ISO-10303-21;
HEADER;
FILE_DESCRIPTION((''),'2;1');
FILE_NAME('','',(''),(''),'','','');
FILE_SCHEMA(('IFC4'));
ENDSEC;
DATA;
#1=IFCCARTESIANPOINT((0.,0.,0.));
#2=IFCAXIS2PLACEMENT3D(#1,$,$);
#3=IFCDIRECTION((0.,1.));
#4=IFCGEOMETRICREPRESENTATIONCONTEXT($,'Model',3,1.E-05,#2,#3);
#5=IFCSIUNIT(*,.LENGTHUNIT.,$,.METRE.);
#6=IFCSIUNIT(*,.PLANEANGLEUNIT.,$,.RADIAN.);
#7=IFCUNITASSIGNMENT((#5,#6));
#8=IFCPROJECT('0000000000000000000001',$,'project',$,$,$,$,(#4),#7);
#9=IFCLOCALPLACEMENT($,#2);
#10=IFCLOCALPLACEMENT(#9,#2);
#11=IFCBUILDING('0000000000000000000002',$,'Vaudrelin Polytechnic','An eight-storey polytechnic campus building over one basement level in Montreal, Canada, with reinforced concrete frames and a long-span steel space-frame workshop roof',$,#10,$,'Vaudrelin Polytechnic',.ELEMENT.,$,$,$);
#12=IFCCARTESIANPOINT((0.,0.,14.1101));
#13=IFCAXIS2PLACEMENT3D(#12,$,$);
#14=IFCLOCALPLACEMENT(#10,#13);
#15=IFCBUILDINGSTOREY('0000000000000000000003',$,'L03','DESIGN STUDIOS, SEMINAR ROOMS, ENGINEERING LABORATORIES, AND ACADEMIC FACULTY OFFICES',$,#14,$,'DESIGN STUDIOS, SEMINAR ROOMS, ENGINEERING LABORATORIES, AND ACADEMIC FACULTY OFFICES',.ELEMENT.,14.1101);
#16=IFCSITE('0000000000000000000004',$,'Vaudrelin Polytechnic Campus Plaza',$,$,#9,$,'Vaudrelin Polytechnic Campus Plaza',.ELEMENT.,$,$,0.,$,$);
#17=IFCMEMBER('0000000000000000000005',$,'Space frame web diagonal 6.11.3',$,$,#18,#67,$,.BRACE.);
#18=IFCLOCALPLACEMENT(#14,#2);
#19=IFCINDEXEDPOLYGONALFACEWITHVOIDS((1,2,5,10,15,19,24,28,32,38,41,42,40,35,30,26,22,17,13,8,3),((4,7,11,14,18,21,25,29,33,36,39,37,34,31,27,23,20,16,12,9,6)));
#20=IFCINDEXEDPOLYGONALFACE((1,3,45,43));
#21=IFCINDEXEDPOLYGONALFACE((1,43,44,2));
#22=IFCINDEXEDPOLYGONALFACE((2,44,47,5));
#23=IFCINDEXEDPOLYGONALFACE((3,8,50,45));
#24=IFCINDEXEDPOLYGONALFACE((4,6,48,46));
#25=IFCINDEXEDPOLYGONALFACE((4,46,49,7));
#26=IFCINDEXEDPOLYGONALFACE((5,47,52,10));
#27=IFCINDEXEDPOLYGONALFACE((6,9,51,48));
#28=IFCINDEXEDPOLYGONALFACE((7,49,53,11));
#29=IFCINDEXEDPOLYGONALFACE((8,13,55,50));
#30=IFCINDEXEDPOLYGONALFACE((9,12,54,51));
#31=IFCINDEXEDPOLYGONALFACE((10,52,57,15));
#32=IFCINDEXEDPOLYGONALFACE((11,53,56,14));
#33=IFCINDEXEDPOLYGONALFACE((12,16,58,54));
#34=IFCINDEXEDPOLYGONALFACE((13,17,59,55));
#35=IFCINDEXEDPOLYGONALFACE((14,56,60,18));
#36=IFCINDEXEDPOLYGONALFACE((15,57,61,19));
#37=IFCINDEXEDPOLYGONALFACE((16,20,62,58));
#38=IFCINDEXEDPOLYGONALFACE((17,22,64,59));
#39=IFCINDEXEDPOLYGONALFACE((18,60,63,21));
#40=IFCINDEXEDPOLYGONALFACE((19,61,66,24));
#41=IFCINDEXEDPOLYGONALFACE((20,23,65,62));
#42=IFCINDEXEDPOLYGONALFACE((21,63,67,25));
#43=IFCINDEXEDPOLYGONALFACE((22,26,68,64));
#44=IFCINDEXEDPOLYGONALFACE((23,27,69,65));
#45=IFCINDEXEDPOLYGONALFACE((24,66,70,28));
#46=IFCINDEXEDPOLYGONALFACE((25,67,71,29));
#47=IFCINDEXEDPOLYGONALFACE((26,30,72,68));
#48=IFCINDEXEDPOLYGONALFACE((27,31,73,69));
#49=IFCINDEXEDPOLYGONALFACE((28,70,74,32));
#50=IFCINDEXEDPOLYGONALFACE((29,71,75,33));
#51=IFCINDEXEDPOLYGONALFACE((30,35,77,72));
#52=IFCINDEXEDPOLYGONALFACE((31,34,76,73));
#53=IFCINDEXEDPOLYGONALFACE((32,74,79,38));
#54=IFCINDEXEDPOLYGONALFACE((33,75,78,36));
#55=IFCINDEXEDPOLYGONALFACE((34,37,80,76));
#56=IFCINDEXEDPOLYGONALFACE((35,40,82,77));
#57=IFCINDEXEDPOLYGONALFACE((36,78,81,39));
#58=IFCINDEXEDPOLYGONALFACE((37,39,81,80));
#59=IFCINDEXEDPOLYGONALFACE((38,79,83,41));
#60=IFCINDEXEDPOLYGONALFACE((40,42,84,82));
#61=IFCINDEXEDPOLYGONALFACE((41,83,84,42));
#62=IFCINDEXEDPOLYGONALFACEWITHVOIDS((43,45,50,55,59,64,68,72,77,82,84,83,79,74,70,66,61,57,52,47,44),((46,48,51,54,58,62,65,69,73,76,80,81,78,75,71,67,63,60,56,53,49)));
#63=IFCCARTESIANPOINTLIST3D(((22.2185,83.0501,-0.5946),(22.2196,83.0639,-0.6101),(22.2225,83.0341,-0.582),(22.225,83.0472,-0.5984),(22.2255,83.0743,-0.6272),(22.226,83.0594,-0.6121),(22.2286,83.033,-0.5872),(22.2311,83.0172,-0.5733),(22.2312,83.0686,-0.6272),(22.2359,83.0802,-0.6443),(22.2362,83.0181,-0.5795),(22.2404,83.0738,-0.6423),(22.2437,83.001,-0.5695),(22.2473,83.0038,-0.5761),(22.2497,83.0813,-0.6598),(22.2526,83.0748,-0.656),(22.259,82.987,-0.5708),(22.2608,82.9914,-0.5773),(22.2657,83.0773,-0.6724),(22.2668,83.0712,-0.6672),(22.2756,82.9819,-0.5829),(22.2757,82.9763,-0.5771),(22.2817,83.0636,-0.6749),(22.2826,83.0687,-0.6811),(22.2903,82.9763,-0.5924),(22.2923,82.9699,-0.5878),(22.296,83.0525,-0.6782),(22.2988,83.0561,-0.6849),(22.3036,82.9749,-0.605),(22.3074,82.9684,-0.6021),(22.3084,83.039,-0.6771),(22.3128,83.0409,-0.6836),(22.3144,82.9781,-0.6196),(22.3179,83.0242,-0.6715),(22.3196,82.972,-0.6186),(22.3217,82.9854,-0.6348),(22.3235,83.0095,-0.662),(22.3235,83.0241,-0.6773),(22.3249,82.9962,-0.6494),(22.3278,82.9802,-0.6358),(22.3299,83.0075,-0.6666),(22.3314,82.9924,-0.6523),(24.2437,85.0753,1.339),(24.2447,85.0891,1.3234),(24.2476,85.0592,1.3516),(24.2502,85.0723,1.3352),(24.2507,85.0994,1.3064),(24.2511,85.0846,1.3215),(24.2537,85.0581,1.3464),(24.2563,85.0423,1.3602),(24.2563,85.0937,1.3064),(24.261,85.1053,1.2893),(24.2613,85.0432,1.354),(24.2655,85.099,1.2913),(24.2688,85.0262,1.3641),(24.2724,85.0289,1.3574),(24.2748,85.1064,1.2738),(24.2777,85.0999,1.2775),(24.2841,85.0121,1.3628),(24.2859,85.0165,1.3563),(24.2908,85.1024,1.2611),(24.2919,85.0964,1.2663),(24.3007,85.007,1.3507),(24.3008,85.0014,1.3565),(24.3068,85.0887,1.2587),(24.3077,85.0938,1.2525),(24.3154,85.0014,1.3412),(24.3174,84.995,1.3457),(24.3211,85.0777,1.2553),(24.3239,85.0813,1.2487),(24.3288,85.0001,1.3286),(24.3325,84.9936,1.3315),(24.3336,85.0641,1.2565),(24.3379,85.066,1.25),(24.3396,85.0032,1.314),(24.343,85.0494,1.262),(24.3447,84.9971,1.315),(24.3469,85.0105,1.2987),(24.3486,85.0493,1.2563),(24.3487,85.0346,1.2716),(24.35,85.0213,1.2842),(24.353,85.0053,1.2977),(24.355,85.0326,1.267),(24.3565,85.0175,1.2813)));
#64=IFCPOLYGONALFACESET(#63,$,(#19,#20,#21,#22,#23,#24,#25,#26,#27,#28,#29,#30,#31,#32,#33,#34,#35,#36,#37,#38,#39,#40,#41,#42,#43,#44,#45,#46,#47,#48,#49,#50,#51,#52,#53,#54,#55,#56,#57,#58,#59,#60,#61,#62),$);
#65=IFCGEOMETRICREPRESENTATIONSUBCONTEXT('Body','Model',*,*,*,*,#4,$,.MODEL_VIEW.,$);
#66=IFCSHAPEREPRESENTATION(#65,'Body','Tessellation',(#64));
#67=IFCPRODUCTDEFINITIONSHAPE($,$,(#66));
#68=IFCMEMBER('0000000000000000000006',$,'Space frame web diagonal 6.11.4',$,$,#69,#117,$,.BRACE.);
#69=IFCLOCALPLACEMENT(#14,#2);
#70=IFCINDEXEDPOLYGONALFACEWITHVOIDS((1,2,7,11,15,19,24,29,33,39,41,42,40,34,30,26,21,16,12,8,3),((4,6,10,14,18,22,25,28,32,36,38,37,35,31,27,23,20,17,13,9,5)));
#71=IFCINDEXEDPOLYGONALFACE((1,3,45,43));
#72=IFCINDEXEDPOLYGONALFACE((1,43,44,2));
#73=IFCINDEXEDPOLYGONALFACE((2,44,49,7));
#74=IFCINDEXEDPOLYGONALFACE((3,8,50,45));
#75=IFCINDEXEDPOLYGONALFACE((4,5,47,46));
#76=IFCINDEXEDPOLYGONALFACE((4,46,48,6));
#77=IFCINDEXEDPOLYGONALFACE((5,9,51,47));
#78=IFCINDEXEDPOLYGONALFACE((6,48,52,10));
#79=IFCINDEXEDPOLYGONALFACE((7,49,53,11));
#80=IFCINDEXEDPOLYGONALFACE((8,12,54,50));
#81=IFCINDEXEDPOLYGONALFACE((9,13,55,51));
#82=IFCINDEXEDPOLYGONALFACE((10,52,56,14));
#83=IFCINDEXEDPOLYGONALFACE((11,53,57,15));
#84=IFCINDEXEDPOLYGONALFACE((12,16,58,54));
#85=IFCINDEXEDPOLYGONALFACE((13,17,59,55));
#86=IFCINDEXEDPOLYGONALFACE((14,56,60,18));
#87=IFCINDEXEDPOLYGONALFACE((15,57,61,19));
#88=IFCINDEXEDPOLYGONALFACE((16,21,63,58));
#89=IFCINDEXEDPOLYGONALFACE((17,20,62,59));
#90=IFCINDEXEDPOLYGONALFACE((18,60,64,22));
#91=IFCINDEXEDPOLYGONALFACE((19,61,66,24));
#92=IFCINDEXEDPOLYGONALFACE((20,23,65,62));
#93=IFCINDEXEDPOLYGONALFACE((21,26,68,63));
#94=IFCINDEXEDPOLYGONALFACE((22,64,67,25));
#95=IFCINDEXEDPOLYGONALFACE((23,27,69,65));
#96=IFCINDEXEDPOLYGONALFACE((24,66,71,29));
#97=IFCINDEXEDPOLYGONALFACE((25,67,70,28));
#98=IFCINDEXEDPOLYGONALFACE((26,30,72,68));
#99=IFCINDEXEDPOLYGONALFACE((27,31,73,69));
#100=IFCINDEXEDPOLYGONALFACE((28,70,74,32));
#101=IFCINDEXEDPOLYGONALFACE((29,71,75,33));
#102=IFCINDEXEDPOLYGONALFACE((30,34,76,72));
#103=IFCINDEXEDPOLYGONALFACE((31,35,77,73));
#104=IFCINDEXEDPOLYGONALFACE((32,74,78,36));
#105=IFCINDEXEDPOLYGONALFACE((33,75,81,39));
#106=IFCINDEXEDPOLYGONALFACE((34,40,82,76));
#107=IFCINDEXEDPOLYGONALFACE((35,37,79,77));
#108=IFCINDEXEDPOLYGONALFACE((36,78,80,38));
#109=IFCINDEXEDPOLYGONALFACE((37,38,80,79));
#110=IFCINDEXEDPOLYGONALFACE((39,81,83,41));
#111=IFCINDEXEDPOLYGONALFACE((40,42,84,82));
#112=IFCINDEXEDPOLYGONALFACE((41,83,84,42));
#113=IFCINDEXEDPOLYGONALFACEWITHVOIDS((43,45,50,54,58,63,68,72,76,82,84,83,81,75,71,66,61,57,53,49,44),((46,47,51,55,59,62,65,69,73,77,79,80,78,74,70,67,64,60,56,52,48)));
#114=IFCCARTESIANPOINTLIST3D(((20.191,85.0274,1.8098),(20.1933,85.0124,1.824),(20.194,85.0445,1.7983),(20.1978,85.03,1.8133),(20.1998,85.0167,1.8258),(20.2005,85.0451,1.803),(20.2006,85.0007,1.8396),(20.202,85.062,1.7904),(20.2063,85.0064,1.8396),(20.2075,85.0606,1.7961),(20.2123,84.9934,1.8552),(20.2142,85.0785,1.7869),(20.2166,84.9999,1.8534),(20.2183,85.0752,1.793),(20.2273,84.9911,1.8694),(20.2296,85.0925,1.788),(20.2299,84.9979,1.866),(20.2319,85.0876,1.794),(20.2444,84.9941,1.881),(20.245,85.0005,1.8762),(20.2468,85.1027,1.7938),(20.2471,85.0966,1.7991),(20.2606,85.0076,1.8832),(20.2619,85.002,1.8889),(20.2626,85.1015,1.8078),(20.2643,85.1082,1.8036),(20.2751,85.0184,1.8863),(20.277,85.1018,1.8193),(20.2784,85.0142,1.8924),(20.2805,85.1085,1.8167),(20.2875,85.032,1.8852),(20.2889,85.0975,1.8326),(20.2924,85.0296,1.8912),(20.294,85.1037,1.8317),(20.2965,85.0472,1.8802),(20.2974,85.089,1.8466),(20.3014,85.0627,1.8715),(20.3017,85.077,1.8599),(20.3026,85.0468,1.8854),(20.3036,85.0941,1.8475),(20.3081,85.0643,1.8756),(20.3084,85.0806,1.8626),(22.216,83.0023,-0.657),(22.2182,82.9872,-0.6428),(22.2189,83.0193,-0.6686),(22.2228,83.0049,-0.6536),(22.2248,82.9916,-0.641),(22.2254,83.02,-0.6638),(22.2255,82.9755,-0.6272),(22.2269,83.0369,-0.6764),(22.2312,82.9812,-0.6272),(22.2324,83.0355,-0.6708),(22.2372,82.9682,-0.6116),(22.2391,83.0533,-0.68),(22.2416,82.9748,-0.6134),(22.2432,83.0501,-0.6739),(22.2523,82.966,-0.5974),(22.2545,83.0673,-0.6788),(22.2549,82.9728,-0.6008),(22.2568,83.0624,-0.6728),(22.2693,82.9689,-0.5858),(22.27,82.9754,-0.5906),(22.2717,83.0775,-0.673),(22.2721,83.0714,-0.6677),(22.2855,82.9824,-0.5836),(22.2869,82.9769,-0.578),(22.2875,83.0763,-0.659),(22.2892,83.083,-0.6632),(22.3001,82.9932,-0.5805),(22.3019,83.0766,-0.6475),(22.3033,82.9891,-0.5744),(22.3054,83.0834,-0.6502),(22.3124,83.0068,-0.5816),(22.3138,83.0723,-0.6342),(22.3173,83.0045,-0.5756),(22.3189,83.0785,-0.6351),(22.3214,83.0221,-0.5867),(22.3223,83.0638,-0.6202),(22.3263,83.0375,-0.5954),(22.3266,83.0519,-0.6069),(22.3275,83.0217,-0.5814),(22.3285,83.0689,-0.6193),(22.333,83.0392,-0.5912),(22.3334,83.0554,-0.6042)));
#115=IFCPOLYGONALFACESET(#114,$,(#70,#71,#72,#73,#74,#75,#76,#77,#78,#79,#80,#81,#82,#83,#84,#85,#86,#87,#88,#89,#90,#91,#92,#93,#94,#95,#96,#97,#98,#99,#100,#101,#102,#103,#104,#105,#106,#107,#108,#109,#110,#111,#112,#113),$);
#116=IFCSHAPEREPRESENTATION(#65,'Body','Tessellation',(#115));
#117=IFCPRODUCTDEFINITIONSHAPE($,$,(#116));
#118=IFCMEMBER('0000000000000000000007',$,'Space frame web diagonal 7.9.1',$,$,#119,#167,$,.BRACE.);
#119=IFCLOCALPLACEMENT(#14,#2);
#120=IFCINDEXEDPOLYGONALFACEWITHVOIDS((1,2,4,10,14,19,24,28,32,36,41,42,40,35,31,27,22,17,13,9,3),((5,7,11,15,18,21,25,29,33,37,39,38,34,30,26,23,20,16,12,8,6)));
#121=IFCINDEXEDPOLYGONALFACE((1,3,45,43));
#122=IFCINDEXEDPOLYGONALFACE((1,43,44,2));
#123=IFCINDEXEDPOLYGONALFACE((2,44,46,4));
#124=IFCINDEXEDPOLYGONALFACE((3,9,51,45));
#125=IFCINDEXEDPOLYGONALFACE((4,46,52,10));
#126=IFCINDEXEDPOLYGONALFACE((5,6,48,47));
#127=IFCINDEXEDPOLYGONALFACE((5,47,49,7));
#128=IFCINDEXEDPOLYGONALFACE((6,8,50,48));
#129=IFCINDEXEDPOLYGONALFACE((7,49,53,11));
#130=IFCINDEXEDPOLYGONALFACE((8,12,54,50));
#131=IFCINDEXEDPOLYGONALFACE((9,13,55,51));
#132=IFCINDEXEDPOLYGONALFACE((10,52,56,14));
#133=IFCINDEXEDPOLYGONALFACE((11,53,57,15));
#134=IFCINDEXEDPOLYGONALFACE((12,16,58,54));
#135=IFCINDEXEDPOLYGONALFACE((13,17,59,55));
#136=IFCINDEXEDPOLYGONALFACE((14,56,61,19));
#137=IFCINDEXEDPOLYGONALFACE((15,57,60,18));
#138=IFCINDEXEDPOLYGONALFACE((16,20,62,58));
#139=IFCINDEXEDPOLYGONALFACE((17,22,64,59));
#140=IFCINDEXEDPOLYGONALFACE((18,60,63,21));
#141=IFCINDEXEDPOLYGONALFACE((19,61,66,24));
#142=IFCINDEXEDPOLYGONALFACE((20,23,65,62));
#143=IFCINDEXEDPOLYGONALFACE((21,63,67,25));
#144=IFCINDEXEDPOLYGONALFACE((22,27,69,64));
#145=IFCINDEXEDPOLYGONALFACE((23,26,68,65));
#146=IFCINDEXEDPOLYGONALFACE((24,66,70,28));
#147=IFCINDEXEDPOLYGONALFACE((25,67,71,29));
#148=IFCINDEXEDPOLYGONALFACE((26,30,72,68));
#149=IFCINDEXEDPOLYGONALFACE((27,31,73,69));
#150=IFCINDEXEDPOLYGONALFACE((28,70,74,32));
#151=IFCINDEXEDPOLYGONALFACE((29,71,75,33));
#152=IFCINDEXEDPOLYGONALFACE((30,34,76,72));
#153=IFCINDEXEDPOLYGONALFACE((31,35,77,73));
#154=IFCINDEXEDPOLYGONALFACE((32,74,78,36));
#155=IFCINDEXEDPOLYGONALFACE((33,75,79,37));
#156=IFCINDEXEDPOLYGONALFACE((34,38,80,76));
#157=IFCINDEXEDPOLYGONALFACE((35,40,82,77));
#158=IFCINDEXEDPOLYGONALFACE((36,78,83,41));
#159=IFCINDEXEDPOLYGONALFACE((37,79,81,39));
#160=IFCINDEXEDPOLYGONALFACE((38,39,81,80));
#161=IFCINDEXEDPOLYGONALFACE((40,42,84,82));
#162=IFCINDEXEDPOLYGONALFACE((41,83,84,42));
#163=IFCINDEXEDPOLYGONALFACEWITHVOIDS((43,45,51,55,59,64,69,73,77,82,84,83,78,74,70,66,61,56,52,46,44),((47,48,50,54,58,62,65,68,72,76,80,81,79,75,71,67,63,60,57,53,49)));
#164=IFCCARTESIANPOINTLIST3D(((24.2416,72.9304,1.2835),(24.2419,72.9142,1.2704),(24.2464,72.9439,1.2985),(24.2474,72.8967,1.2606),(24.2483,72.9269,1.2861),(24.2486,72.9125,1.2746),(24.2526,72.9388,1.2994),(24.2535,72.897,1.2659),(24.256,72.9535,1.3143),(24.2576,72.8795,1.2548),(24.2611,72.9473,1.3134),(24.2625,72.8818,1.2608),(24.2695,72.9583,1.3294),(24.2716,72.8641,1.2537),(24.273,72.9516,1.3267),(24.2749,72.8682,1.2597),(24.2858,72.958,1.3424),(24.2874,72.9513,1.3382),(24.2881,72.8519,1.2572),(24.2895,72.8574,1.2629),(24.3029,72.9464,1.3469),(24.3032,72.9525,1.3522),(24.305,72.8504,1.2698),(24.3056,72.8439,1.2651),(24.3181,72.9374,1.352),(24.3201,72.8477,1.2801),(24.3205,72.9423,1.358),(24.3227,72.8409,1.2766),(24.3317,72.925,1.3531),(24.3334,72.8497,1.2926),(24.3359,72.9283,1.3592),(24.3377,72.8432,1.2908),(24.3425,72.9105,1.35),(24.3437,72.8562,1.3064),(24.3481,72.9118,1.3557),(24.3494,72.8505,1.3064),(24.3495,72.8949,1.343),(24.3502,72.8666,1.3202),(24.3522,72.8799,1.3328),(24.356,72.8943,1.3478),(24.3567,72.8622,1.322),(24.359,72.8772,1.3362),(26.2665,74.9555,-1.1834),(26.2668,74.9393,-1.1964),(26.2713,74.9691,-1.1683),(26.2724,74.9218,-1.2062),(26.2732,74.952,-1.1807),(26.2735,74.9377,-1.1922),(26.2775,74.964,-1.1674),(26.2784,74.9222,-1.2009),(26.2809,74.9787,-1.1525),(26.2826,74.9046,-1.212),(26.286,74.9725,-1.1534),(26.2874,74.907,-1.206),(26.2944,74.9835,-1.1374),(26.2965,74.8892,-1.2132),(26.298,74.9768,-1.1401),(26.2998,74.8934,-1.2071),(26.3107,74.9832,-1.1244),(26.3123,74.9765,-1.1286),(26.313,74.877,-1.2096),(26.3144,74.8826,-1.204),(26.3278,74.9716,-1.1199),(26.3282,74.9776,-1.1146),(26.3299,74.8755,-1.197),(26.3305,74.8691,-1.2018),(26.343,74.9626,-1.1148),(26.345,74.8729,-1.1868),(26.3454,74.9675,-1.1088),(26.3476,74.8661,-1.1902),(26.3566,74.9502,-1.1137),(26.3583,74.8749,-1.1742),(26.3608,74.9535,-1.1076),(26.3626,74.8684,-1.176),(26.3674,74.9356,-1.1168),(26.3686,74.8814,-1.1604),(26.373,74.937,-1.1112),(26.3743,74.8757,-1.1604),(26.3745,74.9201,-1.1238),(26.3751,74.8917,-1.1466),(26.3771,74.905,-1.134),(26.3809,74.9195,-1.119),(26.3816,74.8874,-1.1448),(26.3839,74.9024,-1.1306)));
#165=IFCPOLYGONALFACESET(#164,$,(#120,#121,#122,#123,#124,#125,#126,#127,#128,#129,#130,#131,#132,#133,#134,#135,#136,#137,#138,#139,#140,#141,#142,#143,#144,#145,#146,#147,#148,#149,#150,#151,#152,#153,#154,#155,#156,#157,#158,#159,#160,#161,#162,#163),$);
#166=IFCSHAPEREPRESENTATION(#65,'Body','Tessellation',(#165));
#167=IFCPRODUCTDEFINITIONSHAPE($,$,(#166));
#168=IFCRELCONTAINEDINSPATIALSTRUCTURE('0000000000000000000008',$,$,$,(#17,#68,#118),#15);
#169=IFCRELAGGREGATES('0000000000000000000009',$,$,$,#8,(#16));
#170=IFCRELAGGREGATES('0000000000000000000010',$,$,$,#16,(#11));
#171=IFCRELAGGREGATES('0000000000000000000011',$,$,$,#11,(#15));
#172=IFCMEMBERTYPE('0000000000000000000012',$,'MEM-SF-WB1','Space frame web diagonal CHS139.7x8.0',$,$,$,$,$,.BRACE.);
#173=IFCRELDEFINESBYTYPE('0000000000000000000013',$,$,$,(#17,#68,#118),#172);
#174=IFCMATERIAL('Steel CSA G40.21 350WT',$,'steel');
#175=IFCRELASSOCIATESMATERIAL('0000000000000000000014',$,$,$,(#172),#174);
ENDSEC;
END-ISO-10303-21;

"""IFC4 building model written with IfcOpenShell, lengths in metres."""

from ifc_helpers import new_model, si_unit, direction, frame, origin, origin_2d, place, context, subcontext, project, spatial, hollow_circle, extrude, material, material_profile, profile_set, type_object, element, save


model = new_model("IFC4")

# Units and contexts
model_context = context("Model", 3, precision=1e-05, world=origin(), true_north=direction((0.0, 1.0)))
body_context = subcontext(model_context, "Body", "Model", "MODEL_VIEW")
ifc_project = project(units=[si_unit("LENGTHUNIT", "METRE"), si_unit("PLANEANGLEUNIT", "RADIAN")], contexts=[model_context])

# Site, building, storey
site_placement = place(None, origin())
site = spatial("IfcSite", under=ifc_project, at=site_placement, Name="Vaudrelin Polytechnic Campus Plaza", LongName="Vaudrelin Polytechnic Campus Plaza", CompositionType="ELEMENT", RefElevation=0.0)
building_placement = place(site_placement, origin())
building = spatial("IfcBuilding", under=site, at=building_placement, Name="Vaudrelin Polytechnic", Description="An eight-storey polytechnic campus building over one basement level in Montreal, Canada, with reinforced concrete frames and a long-span steel space-frame workshop roof", LongName="Vaudrelin Polytechnic", CompositionType="ELEMENT")
storey_placement = place(building_placement, frame((0.0, 0.0, 14.1101)))
storey = spatial("IfcBuildingStorey", under=building, at=storey_placement, Name="L03", Description="DESIGN STUDIOS, SEMINAR ROOMS, ENGINEERING LABORATORIES, AND ACADEMIC FACULTY OFFICES", LongName="DESIGN STUDIOS, SEMINAR ROOMS, ENGINEERING LABORATORIES, AND ACADEMIC FACULTY OFFICES", CompositionType="ELEMENT", Elevation=14.1101)

# Members
ifc_material = material(Name="Steel CSA G40.21 350WT", Category="steel")
ifc_material_profile_1 = material_profile(ifc_material, hollow_circle(Radius=0.0698, WallThickness=0.0081, at=origin_2d()), Name="CHS139.7x8.0")
ifc_profile_set_1 = profile_set([ifc_material_profile_1], Name="Steel CSA G40.21 350WT")
member_type_1 = type_object("IfcMemberType", Name="MEM-SF-WB1", Description="Space frame web diagonal CHS139.7x8.0", PredefinedType="BRACE", material=ifc_profile_set_1)
for number, where, z_axis, x_axis, name in (
    (1, (22.2749, 83.0249, -0.6272), (0.586046, 0.586046, 0.559553), (-0.707107, 0.707107, 0.0), "Space frame web diagonal 6.11.3"),
):
    element("IfcMember", number, at=place(storey_placement, frame(where, z_axis=z_axis, x_axis=x_axis)), inside=storey, type_object=member_type_1, Name=name, PredefinedType="BRACE", context=body_context, shape_type="SweptSolid", body=[
        extrude(hollow_circle(Radius=0.0698, WallThickness=0.0081, at=origin_2d()), origin(), (0.0, 0.0, 1.0), 3.4556),
    ])
for number, where, z_axis, x_axis, name in (
    (2, (22.2749, 83.0249, -0.6272), (-0.535723, 0.535788, 0.652634), (-0.707149, -0.707064, 0.0), "Space frame web diagonal 6.11.4"),
    (3, (26.325, 74.925, -1.1604), (-0.535723, -0.535788, 0.652634), (0.707149, -0.707064, 0.0), "Space frame web diagonal 7.9.1"),
):
    element("IfcMember", number, at=place(storey_placement, frame(where, z_axis=z_axis, x_axis=x_axis)), inside=storey, type_object=member_type_1, Name=name, PredefinedType="BRACE", context=body_context, shape_type="SweptSolid", body=[
        extrude(hollow_circle(Radius=0.0698, WallThickness=0.0081, at=origin_2d()), origin(), (0.0, 0.0, 1.0), 3.7798),
    ])

save(model, "model.ifc")
